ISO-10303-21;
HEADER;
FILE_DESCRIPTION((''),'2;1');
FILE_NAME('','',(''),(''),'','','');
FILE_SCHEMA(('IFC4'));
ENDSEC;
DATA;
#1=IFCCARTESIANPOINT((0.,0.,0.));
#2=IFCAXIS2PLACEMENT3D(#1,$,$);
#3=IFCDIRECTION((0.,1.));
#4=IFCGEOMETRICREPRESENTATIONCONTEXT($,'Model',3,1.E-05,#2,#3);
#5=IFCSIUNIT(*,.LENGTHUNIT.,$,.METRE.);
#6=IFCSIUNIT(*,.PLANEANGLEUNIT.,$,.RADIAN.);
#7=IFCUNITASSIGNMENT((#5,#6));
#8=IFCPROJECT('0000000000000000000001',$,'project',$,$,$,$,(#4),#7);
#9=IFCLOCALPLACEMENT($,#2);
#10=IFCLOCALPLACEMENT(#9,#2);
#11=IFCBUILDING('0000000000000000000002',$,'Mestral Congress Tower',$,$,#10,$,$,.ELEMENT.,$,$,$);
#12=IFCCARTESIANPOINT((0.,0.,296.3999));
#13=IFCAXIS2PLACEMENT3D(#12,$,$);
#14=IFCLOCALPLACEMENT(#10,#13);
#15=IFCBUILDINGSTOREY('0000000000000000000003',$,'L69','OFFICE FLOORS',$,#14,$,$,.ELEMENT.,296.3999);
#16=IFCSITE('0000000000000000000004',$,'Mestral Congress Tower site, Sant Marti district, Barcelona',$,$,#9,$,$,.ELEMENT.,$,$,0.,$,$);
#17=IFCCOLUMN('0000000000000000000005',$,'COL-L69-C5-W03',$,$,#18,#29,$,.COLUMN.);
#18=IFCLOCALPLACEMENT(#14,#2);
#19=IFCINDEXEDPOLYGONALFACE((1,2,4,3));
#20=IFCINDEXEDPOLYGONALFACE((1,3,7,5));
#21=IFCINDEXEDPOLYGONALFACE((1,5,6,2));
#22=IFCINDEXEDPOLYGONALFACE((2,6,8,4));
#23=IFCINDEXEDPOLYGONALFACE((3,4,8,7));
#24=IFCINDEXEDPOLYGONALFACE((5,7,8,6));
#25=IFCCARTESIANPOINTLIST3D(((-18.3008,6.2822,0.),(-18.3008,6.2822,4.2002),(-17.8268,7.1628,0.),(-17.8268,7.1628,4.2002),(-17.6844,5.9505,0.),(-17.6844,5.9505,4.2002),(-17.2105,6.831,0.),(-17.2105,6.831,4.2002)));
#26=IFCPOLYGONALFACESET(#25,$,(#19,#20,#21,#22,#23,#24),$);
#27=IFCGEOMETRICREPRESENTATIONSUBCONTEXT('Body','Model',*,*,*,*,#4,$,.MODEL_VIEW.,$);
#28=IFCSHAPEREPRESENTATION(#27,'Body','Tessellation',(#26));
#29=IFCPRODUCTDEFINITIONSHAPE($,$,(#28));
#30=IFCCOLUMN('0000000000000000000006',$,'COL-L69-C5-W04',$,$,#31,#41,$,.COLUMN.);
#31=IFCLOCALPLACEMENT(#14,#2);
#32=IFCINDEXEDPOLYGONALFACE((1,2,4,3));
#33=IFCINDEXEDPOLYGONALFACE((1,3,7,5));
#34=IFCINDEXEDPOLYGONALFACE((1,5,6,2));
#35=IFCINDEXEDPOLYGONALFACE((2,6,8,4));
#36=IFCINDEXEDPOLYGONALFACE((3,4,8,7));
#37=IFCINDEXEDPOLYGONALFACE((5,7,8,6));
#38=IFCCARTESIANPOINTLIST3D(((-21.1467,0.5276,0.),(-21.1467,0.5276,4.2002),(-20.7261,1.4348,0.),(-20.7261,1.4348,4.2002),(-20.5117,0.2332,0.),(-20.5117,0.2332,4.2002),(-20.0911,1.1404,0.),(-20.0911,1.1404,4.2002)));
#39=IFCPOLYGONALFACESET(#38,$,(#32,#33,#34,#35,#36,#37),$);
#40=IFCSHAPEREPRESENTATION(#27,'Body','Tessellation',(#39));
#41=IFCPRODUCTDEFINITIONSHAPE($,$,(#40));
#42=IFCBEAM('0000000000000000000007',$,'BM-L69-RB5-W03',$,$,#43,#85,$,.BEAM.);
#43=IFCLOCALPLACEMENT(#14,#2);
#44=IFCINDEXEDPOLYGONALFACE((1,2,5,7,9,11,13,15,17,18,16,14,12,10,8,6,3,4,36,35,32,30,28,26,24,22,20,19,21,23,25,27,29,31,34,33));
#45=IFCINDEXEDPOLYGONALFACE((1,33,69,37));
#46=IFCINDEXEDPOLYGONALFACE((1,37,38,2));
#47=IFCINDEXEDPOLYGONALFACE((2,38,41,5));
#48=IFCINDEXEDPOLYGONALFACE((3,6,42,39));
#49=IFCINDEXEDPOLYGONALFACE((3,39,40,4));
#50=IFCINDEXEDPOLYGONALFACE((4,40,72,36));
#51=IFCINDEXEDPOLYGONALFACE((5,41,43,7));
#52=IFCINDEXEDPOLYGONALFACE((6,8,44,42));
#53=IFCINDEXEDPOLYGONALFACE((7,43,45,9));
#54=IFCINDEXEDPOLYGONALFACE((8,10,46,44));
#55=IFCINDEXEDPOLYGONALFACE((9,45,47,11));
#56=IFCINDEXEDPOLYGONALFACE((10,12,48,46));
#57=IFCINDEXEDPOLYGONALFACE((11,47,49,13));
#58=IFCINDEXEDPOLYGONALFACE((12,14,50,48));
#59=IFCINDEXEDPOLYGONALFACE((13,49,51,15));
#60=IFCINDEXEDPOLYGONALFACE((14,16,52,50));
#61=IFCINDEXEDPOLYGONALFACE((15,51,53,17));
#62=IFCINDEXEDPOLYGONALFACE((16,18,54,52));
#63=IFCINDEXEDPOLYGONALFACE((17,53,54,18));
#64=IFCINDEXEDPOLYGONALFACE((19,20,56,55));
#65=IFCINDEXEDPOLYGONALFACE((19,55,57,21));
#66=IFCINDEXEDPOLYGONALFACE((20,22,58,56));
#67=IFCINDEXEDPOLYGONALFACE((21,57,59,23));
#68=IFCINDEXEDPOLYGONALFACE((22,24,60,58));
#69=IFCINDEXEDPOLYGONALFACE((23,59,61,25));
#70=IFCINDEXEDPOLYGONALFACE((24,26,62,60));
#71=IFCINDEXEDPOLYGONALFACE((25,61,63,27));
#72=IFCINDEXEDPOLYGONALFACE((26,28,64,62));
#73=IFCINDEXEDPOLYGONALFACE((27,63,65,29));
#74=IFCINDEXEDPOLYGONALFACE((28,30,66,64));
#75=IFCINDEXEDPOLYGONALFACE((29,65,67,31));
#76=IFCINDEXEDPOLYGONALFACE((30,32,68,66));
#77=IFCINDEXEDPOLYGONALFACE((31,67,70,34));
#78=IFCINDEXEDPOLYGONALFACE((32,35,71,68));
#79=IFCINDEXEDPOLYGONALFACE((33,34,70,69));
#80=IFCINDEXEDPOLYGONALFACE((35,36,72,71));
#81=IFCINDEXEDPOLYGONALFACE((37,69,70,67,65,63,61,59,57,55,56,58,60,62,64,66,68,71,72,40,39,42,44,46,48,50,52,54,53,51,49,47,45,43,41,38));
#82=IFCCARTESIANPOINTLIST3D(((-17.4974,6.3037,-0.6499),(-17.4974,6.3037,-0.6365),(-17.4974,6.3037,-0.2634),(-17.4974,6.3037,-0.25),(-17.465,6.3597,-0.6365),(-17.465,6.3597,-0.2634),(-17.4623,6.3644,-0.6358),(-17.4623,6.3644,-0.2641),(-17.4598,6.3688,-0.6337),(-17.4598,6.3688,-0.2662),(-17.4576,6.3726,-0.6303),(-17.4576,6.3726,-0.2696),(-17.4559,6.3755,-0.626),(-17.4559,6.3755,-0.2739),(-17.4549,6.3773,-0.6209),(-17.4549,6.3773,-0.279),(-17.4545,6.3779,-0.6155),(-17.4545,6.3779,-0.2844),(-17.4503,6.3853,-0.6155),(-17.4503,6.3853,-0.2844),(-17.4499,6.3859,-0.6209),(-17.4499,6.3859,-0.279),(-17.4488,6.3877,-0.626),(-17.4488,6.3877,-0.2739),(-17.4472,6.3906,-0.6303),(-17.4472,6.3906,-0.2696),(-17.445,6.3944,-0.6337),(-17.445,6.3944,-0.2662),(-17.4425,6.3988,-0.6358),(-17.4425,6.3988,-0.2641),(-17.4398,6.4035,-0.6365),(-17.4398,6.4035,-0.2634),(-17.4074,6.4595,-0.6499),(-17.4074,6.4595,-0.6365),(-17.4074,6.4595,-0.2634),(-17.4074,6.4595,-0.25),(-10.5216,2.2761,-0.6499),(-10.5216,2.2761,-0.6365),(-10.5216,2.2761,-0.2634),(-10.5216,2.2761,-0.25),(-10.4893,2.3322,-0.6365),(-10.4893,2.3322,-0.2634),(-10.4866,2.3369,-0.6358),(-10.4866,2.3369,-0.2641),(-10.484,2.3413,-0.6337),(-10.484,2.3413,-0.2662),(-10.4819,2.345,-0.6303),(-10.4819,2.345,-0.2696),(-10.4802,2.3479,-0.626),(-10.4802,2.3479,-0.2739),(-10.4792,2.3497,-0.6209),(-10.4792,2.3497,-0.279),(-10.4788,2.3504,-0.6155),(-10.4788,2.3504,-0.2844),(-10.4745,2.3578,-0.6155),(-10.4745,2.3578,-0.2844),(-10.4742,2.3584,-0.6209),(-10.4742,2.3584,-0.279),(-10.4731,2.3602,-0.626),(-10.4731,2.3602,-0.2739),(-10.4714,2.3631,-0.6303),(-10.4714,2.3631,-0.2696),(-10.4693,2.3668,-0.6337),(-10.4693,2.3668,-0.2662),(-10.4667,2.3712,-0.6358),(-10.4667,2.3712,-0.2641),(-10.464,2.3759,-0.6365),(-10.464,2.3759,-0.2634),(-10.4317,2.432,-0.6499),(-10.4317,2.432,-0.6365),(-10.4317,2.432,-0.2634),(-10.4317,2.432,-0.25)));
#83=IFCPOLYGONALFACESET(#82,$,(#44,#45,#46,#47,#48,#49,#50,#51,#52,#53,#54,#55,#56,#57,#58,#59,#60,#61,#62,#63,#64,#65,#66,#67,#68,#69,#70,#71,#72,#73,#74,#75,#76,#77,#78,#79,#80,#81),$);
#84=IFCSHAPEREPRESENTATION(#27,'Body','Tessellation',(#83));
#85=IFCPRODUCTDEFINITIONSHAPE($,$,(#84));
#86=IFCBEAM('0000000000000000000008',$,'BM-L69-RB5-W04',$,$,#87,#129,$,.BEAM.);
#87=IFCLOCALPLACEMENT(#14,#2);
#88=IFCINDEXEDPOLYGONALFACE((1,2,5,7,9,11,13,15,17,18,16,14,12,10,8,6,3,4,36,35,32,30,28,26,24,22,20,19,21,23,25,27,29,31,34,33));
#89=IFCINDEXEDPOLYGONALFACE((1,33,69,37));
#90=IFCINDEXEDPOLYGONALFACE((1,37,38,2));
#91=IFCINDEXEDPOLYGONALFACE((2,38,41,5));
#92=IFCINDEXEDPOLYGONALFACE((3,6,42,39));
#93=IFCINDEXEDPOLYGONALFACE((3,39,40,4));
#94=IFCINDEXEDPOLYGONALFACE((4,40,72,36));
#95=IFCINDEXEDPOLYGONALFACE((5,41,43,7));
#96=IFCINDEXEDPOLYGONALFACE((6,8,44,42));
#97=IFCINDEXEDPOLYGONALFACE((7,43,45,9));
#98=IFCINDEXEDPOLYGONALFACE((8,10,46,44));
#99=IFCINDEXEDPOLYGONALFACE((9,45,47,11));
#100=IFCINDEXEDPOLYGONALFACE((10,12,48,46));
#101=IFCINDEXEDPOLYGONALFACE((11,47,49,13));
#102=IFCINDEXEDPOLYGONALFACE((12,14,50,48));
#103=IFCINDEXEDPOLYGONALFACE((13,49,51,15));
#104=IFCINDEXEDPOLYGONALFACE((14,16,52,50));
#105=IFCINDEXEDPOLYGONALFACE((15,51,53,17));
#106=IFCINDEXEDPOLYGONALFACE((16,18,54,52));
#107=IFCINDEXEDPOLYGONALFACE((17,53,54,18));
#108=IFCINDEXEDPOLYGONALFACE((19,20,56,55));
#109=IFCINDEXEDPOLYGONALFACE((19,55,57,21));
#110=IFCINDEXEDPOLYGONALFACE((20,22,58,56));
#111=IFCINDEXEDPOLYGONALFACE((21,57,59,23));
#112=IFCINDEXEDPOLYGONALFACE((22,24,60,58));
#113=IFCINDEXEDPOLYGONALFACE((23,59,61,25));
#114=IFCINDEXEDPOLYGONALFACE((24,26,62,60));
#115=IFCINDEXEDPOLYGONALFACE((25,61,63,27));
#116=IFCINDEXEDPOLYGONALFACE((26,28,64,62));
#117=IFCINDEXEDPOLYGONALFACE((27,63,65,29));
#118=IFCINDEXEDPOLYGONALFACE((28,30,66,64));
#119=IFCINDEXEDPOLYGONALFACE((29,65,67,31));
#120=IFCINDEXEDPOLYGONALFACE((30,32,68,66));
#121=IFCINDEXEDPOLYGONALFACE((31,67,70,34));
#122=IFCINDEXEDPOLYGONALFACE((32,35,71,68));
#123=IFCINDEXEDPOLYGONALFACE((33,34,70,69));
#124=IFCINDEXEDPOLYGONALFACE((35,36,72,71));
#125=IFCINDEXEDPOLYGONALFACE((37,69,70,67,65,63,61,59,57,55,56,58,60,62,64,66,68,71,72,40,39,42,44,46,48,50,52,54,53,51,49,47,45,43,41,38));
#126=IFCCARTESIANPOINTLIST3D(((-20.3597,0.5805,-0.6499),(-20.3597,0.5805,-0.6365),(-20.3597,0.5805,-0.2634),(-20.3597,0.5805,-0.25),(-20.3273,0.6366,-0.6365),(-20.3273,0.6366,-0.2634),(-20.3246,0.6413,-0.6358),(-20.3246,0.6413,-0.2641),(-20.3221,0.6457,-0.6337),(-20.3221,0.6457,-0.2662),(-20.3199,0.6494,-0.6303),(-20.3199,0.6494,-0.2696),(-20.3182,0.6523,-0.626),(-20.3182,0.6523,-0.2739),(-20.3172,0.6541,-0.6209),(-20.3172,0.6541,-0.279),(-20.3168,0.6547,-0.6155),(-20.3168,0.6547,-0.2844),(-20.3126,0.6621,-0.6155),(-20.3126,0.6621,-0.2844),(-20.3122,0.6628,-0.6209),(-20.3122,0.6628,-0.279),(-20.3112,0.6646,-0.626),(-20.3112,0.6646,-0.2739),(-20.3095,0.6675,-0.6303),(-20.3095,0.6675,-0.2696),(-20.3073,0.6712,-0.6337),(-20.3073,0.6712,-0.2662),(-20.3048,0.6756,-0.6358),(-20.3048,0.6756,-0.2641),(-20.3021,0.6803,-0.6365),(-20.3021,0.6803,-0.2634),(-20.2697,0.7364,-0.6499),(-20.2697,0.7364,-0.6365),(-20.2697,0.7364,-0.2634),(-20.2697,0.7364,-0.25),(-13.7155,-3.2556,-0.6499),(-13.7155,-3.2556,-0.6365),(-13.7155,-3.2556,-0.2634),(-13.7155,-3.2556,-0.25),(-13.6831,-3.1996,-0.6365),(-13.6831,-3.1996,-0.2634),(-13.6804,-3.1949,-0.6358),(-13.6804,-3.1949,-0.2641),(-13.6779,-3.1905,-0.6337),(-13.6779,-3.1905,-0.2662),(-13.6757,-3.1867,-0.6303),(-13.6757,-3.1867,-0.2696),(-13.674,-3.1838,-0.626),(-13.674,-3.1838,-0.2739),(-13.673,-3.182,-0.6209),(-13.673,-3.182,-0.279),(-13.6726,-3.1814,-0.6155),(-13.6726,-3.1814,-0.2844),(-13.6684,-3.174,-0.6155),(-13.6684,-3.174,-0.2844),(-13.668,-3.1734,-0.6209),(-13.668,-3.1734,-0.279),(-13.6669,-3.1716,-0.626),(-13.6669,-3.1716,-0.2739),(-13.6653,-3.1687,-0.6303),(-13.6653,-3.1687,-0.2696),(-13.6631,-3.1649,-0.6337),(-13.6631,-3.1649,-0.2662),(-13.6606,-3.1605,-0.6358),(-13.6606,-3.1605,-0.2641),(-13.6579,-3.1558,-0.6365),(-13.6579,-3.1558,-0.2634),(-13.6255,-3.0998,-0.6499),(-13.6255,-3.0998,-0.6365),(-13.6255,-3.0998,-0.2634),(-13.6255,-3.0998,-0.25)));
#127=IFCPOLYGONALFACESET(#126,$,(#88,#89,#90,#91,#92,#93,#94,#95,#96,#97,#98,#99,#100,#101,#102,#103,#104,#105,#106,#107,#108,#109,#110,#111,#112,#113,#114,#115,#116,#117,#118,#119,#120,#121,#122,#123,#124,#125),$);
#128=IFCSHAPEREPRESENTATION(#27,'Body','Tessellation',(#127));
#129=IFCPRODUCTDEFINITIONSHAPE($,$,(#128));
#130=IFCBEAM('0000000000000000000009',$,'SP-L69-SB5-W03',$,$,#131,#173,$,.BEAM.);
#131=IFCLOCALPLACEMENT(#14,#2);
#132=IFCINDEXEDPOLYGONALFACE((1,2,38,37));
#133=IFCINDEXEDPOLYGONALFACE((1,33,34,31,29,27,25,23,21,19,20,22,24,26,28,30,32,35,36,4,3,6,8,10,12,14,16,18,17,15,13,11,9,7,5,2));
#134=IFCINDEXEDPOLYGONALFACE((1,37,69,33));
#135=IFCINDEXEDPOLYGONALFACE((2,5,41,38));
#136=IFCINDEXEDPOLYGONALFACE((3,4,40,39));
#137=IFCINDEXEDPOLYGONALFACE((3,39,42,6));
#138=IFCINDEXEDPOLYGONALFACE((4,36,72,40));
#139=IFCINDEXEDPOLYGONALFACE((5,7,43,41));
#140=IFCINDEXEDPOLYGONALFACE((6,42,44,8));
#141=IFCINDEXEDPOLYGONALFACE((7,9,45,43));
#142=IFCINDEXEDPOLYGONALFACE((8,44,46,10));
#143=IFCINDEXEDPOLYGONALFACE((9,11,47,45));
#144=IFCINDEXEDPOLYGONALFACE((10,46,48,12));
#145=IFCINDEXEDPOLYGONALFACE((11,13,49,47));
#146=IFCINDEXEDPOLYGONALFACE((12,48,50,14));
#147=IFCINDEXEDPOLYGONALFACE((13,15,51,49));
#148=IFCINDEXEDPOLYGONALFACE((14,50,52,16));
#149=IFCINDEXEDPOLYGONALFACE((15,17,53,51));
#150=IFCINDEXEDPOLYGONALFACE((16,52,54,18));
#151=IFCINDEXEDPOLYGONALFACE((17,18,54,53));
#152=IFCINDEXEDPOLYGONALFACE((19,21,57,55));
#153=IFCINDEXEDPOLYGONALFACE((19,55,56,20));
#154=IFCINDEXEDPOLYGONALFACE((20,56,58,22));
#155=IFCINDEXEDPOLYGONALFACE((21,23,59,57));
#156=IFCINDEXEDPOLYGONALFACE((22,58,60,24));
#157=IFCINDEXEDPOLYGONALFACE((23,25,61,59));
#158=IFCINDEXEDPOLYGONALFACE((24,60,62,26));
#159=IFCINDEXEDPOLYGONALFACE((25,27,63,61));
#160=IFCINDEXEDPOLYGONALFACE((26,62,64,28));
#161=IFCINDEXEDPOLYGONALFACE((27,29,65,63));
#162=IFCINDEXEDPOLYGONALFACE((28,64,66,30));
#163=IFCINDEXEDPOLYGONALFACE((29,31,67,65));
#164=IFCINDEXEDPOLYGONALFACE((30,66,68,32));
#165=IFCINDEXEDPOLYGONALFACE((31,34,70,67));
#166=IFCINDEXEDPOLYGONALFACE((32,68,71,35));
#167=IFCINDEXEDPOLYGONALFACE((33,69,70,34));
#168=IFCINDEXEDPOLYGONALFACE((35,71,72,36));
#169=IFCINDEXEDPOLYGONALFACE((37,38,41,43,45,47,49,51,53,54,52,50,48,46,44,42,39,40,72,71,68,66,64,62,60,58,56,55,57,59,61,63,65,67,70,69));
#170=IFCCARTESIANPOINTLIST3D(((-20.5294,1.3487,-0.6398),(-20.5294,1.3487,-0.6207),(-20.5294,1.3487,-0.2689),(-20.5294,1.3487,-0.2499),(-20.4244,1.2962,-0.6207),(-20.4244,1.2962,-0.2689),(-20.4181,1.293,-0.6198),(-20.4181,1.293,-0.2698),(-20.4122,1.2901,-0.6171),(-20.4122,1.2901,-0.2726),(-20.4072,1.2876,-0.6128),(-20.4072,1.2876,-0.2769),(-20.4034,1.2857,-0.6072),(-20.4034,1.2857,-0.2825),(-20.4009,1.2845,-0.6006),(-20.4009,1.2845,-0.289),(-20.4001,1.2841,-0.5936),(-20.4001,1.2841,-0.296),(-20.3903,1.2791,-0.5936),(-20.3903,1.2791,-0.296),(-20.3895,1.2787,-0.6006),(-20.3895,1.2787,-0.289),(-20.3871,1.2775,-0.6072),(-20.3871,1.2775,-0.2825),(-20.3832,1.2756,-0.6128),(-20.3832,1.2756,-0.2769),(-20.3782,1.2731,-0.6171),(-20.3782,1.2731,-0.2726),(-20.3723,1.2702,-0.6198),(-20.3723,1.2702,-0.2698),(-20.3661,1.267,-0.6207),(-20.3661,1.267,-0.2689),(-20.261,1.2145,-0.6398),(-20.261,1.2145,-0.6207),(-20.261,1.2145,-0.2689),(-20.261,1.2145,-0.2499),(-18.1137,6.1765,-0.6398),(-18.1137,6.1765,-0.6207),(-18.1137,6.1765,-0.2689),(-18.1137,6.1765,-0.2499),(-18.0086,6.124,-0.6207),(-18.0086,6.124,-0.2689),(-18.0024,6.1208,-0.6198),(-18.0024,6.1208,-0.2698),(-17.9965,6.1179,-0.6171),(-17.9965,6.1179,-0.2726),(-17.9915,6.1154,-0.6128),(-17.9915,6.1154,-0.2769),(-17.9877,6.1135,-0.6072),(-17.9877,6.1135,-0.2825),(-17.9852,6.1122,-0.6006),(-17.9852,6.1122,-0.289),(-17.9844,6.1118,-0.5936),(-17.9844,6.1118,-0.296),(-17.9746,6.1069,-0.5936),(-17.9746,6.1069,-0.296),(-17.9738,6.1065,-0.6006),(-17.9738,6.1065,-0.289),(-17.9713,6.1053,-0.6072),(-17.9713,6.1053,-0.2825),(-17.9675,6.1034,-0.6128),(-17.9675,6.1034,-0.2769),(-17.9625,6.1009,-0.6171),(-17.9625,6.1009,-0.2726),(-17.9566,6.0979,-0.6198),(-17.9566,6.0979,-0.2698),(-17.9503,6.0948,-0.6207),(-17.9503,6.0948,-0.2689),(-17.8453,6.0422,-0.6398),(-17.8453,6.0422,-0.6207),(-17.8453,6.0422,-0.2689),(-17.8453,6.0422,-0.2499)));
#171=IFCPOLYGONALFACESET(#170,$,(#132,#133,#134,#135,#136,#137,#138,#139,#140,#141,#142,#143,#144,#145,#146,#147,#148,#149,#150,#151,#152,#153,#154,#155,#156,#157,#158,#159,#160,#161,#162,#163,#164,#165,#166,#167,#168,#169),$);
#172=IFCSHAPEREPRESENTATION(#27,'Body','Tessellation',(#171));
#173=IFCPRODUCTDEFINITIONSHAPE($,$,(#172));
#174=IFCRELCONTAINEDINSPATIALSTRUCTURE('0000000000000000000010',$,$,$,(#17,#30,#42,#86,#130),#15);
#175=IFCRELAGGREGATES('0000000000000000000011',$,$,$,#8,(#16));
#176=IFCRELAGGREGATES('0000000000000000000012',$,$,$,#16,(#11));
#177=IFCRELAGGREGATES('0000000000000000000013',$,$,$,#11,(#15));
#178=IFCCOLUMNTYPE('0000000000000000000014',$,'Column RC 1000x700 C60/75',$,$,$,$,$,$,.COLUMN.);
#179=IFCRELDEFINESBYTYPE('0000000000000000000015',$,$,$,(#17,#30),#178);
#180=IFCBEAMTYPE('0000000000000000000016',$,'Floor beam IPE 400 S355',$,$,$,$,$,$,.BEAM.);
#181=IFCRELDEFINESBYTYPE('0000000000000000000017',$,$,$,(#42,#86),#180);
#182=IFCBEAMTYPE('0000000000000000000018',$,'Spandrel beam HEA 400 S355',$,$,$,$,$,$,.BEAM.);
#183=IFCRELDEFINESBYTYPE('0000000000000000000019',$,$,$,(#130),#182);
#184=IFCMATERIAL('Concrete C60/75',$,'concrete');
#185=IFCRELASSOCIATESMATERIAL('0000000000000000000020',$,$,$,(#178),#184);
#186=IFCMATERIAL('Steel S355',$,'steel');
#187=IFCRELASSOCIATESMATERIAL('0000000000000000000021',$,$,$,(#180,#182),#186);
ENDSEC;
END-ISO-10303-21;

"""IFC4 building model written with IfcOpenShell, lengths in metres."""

from ifc_helpers import new_model, si_unit, direction, frame, origin, origin_2d, place, context, subcontext, project, spatial, rectangle, i_section, extrude, material, material_profile, profile_set, type_object, element, save


model = new_model("IFC4")

# Units and contexts
model_context = context("Model", 3, precision=1e-05, world=origin(), true_north=direction((0.0, 1.0)))
body_context = subcontext(model_context, "Body", "Model", "MODEL_VIEW")
ifc_project = project(units=[si_unit("LENGTHUNIT", "METRE"), si_unit("PLANEANGLEUNIT", "RADIAN")], contexts=[model_context])

# Site, building, storey
site_placement = place(None, origin())
site = spatial("IfcSite", under=ifc_project, at=site_placement, Name="Mestral Congress Tower site, Sant Marti district, Barcelona", CompositionType="ELEMENT", RefElevation=0.0)
building_placement = place(site_placement, origin())
building = spatial("IfcBuilding", under=site, at=building_placement, Name="Mestral Congress Tower", CompositionType="ELEMENT")
storey_placement = place(building_placement, frame((0.0, 0.0, 296.3999)))
storey = spatial("IfcBuildingStorey", under=building, at=storey_placement, Name="L69", Description="OFFICE FLOORS", CompositionType="ELEMENT", Elevation=296.3999)

# Columns
ifc_material_1 = material(Name="Concrete C60/75", Category="concrete")
ifc_material_profile_1 = material_profile(ifc_material_1, rectangle(XDim=1.0, YDim=0.7, at=origin_2d()), Name="RC 1000x700")
ifc_profile_set_1 = profile_set([ifc_material_profile_1], Name="Concrete C60/75")
column_type = type_object("IfcColumnType", Name="Column RC 1000x700 C60/75", PredefinedType="COLUMN", material=ifc_profile_set_1)
for number, where, z_axis, x_axis, name in (
    (1, (-17.7556, 6.5566, 0.0), (0.0, 0.0, 1.0), (-0.473945, -0.880554, 0.0), "COL-L69-C5-W03"),
    (2, (-20.6189, 0.834, 0.0), (0.0, 0.0, 1.0), (-0.420596, -0.907248, 0.0), "COL-L69-C5-W04"),
):
    element("IfcColumn", number, at=place(storey_placement, frame(where, z_axis=z_axis, x_axis=x_axis)), inside=storey, type_object=column_type, Name=name, PredefinedType="COLUMN", context=body_context, shape_type="SweptSolid", body=[
        extrude(rectangle(XDim=1.0, YDim=0.7, at=origin_2d()), origin(), (0.0, 0.0, 1.0), 4.2002),
    ])

# Beams
ifc_material_2 = material(Name="Steel S355", Category="steel")
ifc_material_profile_2 = material_profile(ifc_material_2, i_section(OverallWidth=0.1799, OverallDepth=0.3999, WebThickness=0.0085, FlangeThickness=0.0134, FilletRadius=0.021, at=origin_2d()), Name="IPE 400")
ifc_profile_set_2 = profile_set([ifc_material_profile_2], Name="Steel S355")
beam_type_1 = type_object("IfcBeamType", Name="Floor beam IPE 400 S355", PredefinedType="BEAM", material=ifc_profile_set_2)
beam_1_placement = place(storey_placement, frame((-17.4524, 6.3816, -0.45), z_axis=(0.866021, -0.500008, 0.0), x_axis=(0.500008, 0.866021, 0.0)))
element("IfcBeam", 3, at=beam_1_placement, inside=storey, type_object=beam_type_1, Name="BM-L69-RB5-W03", PredefinedType="BEAM", context=body_context, shape_type="SweptSolid", body=[
    extrude(i_section(OverallWidth=0.1799, OverallDepth=0.3999, WebThickness=0.0085, FlangeThickness=0.0134, FilletRadius=0.021, at=origin_2d()), origin(), (0.0, 0.0, 1.0), 8.0549),
])
beam_2_placement = place(storey_placement, frame((-20.3147, 0.6584, -0.45), z_axis=(0.86602, -0.50001, 0.0), x_axis=(0.50001, 0.86602, 0.0)))
element("IfcBeam", 4, at=beam_2_placement, inside=storey, type_object=beam_type_1, Name="BM-L69-RB5-W04", PredefinedType="BEAM", context=body_context, shape_type="SweptSolid", body=[
    extrude(i_section(OverallWidth=0.1799, OverallDepth=0.3999, WebThickness=0.0085, FlangeThickness=0.0134, FilletRadius=0.021, at=origin_2d()), origin(), (0.0, 0.0, 1.0), 7.6721),
])
ifc_material_profile_3 = material_profile(ifc_material_2, i_section(OverallWidth=0.3, OverallDepth=0.3899, WebThickness=0.011, FlangeThickness=0.019, FilletRadius=0.0271, at=origin_2d()), Name="HEA 400")
ifc_profile_set_3 = profile_set([ifc_material_profile_3], Name="Steel S355")
beam_type_2 = type_object("IfcBeamType", Name="Spandrel beam HEA 400 S355", PredefinedType="BEAM", material=ifc_profile_set_3)
beam_3_placement = place(storey_placement, frame((-17.9795, 6.1094, -0.4448), z_axis=(-0.447485, -0.894291, 0.0), x_axis=(0.894291, -0.447485, 0.0)))
element("IfcBeam", 5, at=beam_3_placement, inside=storey, type_object=beam_type_2, Name="SP-L69-SB5-W03", PredefinedType="BEAM", context=body_context, shape_type="SweptSolid", body=[
    extrude(i_section(OverallWidth=0.3, OverallDepth=0.3899, WebThickness=0.011, FlangeThickness=0.019, FilletRadius=0.0271, at=origin_2d()), origin(), (0.0, 0.0, 1.0), 5.3984),
])

save(model, "model.ifc")
